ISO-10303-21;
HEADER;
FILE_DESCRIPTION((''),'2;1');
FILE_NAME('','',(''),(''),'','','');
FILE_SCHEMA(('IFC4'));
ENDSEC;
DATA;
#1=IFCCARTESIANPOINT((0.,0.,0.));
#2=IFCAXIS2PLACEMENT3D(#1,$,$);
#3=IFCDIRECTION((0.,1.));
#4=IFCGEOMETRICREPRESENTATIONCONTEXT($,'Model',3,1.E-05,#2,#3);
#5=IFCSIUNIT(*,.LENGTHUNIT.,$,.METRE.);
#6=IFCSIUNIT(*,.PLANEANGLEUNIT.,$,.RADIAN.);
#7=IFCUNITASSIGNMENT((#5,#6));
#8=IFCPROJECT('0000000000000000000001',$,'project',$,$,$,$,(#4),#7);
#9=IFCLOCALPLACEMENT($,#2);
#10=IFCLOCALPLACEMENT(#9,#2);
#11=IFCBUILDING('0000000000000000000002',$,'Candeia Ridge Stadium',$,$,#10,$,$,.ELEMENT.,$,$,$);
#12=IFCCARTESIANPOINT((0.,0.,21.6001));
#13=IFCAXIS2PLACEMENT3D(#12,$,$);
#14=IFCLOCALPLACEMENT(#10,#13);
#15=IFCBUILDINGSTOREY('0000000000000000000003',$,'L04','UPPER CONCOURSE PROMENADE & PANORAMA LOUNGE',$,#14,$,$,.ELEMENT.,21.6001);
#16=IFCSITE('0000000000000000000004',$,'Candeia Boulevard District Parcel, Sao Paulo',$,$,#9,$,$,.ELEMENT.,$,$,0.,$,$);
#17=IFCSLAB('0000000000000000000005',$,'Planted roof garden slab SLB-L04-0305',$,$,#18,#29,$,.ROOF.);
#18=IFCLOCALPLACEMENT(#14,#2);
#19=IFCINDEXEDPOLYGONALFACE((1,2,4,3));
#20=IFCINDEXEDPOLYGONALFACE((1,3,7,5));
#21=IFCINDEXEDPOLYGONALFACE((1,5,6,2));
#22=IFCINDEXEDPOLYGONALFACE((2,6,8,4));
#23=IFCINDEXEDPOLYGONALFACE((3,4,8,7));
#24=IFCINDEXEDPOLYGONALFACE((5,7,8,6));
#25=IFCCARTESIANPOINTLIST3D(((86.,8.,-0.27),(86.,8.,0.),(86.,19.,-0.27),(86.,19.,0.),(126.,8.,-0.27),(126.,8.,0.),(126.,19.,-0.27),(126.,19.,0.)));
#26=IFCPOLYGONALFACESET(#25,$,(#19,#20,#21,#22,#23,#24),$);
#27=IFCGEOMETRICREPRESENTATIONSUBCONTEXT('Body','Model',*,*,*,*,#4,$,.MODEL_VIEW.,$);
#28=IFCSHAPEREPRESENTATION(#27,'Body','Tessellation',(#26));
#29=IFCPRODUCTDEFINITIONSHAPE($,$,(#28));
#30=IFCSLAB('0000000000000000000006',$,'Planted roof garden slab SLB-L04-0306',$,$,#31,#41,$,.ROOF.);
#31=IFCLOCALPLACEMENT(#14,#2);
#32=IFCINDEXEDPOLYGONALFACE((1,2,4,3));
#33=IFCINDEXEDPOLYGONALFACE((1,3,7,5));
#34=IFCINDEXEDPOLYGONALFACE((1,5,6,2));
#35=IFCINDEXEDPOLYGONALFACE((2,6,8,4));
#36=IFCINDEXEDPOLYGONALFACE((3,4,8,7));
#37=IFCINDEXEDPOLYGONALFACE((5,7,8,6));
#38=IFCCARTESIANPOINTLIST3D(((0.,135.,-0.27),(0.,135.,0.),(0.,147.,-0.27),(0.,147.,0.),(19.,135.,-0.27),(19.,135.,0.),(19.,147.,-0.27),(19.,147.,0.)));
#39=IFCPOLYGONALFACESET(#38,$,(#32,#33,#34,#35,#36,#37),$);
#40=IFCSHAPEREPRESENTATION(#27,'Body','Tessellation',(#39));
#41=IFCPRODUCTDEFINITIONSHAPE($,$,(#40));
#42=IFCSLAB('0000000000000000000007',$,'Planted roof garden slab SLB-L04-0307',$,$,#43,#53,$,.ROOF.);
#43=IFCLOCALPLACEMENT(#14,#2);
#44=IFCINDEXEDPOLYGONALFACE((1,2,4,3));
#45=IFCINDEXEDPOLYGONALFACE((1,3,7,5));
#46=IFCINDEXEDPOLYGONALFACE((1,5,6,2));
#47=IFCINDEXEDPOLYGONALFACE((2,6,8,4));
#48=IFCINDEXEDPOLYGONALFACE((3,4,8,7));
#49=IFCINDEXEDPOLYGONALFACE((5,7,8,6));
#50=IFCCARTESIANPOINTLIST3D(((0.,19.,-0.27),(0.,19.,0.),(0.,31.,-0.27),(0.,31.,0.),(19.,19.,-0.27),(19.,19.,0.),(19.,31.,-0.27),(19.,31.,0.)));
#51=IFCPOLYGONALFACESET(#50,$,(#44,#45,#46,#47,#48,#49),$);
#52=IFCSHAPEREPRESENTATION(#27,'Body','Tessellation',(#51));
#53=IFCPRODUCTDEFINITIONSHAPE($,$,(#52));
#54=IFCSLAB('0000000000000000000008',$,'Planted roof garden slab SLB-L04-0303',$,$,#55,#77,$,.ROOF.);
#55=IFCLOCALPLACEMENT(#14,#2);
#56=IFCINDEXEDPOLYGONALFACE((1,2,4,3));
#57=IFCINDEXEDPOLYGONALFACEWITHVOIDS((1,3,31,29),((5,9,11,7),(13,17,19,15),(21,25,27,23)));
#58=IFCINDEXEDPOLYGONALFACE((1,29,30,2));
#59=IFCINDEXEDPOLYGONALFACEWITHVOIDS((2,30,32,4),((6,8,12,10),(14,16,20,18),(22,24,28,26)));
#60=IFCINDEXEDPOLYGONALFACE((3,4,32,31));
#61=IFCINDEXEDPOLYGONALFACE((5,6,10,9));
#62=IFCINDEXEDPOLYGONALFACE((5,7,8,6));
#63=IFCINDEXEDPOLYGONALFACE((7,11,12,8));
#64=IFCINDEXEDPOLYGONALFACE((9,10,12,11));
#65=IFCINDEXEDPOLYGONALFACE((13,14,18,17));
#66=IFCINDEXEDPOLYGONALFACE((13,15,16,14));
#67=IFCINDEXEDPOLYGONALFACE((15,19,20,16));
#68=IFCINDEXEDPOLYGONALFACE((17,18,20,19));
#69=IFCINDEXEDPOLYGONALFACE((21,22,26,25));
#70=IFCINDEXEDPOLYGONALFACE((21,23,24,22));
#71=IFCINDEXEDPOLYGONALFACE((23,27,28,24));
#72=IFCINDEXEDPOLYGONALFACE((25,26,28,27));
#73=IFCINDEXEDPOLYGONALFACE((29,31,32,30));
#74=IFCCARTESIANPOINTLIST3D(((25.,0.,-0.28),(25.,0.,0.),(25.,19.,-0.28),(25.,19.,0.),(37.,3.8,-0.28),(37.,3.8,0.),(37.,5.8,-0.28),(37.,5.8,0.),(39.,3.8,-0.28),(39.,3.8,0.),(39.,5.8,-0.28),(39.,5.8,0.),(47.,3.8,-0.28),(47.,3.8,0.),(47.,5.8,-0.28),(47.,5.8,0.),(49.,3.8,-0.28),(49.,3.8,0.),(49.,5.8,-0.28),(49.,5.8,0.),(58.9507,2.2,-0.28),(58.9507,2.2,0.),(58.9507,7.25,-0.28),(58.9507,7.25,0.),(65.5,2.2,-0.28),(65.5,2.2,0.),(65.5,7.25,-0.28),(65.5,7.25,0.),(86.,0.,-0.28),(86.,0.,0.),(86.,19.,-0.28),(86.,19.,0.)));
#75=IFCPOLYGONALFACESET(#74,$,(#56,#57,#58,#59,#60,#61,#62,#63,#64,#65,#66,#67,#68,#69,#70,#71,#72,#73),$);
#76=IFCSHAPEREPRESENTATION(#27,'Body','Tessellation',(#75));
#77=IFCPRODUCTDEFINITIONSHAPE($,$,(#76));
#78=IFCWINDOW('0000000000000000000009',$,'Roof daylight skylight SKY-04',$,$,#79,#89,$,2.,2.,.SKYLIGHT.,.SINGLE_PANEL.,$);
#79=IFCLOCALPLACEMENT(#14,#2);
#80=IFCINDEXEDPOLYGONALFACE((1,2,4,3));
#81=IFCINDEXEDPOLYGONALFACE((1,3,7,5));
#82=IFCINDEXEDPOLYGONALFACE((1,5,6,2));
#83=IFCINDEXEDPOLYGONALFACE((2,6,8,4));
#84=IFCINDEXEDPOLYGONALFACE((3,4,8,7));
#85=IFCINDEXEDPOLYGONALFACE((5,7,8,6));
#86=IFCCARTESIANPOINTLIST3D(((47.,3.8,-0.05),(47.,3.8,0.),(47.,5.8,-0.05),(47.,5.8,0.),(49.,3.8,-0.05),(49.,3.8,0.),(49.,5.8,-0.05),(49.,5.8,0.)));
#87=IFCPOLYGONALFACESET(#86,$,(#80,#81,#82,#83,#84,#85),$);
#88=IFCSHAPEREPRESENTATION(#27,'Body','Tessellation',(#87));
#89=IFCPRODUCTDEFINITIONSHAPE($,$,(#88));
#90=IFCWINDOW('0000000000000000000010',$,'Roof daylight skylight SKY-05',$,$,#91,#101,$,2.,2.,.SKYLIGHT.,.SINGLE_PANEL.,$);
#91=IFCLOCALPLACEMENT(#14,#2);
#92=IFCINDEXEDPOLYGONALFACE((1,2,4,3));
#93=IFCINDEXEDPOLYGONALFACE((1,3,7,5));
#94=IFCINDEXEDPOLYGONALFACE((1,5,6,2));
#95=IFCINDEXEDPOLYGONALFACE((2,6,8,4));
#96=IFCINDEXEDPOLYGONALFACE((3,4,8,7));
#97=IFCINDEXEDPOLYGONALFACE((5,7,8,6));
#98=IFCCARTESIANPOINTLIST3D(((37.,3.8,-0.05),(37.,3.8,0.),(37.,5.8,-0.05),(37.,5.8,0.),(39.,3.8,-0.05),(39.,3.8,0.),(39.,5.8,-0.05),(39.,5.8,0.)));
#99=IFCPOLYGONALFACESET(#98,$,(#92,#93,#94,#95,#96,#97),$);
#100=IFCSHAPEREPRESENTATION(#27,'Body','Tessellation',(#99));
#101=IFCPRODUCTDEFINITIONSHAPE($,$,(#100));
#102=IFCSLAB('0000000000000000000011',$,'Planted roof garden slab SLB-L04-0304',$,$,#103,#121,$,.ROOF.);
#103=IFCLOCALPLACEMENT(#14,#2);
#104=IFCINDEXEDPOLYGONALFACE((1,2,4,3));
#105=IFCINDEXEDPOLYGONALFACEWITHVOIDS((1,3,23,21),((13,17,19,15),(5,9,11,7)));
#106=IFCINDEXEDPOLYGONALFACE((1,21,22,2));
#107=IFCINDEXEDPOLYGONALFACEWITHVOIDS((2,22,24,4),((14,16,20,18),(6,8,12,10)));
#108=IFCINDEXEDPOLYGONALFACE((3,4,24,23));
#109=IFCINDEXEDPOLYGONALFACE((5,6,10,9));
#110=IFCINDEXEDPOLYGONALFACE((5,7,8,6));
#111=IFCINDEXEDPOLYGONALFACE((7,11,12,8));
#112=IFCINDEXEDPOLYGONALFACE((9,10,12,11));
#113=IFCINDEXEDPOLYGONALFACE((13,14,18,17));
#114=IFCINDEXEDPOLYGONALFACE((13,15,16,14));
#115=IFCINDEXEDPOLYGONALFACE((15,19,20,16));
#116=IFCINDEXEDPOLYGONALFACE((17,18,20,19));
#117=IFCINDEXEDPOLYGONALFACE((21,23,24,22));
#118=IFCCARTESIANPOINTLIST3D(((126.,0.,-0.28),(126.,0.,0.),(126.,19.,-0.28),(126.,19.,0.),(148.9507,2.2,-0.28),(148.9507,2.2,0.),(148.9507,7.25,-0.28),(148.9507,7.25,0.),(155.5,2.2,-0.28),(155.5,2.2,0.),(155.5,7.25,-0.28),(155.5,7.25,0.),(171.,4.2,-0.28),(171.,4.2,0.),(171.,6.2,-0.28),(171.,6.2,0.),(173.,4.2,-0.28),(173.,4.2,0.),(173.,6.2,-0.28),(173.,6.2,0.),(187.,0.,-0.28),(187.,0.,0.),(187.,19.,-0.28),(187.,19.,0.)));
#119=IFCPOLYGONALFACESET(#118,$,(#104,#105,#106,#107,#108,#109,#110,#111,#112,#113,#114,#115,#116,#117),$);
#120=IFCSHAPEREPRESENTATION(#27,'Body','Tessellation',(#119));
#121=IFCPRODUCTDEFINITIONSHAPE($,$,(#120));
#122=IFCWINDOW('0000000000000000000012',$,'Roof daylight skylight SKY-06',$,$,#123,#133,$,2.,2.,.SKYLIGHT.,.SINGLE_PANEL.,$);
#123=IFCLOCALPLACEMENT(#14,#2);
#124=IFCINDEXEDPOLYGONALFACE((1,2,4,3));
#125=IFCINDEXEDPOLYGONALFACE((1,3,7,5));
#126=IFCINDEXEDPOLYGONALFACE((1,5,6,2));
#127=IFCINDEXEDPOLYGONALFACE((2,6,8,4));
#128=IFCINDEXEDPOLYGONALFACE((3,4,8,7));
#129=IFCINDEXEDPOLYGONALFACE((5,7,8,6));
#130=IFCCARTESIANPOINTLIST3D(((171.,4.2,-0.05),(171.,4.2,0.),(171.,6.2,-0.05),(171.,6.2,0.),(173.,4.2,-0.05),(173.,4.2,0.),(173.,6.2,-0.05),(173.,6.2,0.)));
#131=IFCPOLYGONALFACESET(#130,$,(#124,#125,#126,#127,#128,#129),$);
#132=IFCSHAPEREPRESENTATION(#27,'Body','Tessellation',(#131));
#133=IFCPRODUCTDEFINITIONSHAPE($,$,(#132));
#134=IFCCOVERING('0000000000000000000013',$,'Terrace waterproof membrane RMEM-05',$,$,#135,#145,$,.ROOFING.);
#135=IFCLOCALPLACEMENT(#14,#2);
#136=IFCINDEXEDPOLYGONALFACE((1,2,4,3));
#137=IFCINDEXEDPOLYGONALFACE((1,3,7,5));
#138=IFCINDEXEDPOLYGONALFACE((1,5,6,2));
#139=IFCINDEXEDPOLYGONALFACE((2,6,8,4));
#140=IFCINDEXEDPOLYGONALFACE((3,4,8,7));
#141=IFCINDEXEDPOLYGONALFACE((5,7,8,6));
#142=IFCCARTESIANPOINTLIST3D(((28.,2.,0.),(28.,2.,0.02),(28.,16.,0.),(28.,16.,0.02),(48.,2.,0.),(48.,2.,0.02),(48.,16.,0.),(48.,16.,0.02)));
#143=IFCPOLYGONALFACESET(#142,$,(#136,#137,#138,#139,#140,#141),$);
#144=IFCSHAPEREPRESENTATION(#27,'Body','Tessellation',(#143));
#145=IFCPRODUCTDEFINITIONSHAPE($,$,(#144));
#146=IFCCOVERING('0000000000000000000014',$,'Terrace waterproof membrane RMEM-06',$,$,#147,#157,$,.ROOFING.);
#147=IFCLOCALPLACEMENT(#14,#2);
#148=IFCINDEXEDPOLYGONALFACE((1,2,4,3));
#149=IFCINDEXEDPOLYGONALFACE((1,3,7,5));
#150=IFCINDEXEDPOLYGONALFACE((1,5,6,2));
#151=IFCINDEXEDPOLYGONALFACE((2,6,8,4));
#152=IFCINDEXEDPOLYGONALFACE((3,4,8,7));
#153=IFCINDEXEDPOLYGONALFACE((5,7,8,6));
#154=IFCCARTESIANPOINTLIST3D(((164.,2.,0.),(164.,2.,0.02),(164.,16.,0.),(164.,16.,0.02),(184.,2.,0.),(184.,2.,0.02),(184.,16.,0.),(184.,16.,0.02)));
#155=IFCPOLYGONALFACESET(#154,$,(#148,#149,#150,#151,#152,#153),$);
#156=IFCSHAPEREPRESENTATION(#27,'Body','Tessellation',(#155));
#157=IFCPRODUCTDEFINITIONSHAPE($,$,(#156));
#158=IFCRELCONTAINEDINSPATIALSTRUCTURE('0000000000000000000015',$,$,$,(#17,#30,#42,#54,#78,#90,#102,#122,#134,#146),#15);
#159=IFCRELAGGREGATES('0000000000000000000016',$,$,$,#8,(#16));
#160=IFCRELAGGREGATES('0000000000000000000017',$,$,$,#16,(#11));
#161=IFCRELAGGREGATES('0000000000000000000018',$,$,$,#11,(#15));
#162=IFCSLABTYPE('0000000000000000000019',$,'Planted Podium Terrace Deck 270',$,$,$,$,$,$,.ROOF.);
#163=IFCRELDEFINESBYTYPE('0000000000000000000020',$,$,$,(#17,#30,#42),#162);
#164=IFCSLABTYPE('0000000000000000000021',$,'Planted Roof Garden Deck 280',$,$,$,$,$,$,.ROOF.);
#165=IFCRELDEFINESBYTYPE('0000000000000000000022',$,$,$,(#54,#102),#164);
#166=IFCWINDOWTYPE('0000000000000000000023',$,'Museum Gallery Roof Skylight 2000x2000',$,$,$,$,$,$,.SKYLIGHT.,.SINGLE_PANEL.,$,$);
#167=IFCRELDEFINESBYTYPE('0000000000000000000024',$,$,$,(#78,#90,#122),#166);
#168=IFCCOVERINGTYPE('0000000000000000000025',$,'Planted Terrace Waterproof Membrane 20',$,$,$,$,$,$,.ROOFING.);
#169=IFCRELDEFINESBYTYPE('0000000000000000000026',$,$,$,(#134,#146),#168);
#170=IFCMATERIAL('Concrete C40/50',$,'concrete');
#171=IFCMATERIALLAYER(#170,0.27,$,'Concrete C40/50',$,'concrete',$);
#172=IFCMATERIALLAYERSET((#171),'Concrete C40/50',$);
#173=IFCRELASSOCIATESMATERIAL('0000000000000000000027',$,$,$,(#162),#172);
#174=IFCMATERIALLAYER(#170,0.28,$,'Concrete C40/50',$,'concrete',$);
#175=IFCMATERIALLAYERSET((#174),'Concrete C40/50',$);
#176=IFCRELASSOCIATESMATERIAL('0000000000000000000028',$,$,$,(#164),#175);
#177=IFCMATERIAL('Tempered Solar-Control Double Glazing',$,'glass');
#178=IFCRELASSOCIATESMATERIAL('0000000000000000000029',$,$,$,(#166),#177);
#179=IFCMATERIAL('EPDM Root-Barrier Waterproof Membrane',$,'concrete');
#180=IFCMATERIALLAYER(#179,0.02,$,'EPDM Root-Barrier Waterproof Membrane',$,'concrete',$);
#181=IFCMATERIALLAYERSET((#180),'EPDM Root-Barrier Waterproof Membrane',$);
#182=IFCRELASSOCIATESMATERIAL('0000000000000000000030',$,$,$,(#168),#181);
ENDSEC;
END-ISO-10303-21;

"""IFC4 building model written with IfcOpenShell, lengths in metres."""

from ifc_helpers import new_model, si_unit, direction, frame, origin, origin_2d, place, context, subcontext, project, spatial, polyline, rectangle, outline, extrude, material, layer, layer_set, type_object, element, fill, save


model = new_model("IFC4")

# Units and contexts
model_context = context("Model", 3, precision=1e-05, world=origin(), true_north=direction((0.0, 1.0)))
body_context = subcontext(model_context, "Body", "Model", "MODEL_VIEW")
ifc_project = project(units=[si_unit("LENGTHUNIT", "METRE"), si_unit("PLANEANGLEUNIT", "RADIAN")], contexts=[model_context])

# Site, building, storey
site_placement = place(None, origin())
site = spatial("IfcSite", under=ifc_project, at=site_placement, Name="Candeia Boulevard District Parcel, Sao Paulo", CompositionType="ELEMENT", RefElevation=0.0)
building_placement = place(site_placement, origin())
building = spatial("IfcBuilding", under=site, at=building_placement, Name="Candeia Ridge Stadium", CompositionType="ELEMENT")
storey_placement = place(building_placement, frame((0.0, 0.0, 21.6001)))
storey = spatial("IfcBuildingStorey", under=building, at=storey_placement, Name="L04", Description="UPPER CONCOURSE PROMENADE & PANORAMA LOUNGE", CompositionType="ELEMENT", Elevation=21.6001)

# Shared definitions
ifc_material_1 = material(Name="Concrete C40/50", Category="concrete")

# Slabs
ifc_layer_1 = layer(ifc_material_1, 0.27, Name="Concrete C40/50", Category="concrete")
ifc_layer_set_1 = layer_set([ifc_layer_1], Name="Concrete C40/50")
slab_type_1 = type_object("IfcSlabType", Name="Planted Podium Terrace Deck 270", PredefinedType="ROOF", material=ifc_layer_set_1)
slab_1_placement = place(storey_placement, frame((0.0, 0.0, -0.27)))
element("IfcSlab", 1, at=slab_1_placement, inside=storey, type_object=slab_type_1, Name="Planted roof garden slab SLB-L04-0305", PredefinedType="ROOF", context=body_context, shape_type="SweptSolid", body=[
    extrude(outline(polyline([(86.0, 8.0), (86.0, 19.0), (126.0, 19.0), (126.0, 8.0), (86.0, 8.0)])), origin(), (0.0, 0.0, 1.0), 0.27),
])
slab_2_placement = place(storey_placement, frame((0.0, 0.0, -0.27)))
element("IfcSlab", 2, at=slab_2_placement, inside=storey, type_object=slab_type_1, Name="Planted roof garden slab SLB-L04-0306", PredefinedType="ROOF", context=body_context, shape_type="SweptSolid", body=[
    extrude(outline(polyline([(0.0, 135.0), (0.0, 147.0), (19.0, 147.0), (19.0, 135.0), (0.0, 135.0)])), origin(), (0.0, 0.0, 1.0), 0.27),
])
slab_3_placement = place(storey_placement, frame((0.0, 0.0, -0.27)))
element("IfcSlab", 3, at=slab_3_placement, inside=storey, type_object=slab_type_1, Name="Planted roof garden slab SLB-L04-0307", PredefinedType="ROOF", context=body_context, shape_type="SweptSolid", body=[
    extrude(outline(polyline([(0.0, 19.0), (0.0, 31.0), (19.0, 31.0), (19.0, 19.0), (0.0, 19.0)])), origin(), (0.0, 0.0, 1.0), 0.27),
])

# Slab, openings, windows
ifc_layer_2 = layer(ifc_material_1, 0.28, Name="Concrete C40/50", Category="concrete")
ifc_layer_set_2 = layer_set([ifc_layer_2], Name="Concrete C40/50")
slab_type_2 = type_object("IfcSlabType", Name="Planted Roof Garden Deck 280", PredefinedType="ROOF", material=ifc_layer_set_2)
slab_4_placement = place(storey_placement, frame((0.0, 0.0, -0.28)))
slab_4 = element("IfcSlab", 4, at=slab_4_placement, inside=storey, type_object=slab_type_2, Name="Planted roof garden slab SLB-L04-0303", PredefinedType="ROOF", context=body_context, shape_type="SweptSolid", body=[
    extrude(outline(polyline([(25.0, 0.0), (25.0, 19.0), (86.0, 19.0), (86.0, 0.0), (25.0, 0.0)]), holes=[polyline([(65.5, 2.2), (65.5, 7.25), (58.9507, 7.25), (58.9507, 2.2), (65.5, 2.2)])]), origin(), (0.0, 0.0, 1.0), 0.28),
])
opening_1_placement = place(slab_4_placement, frame((48.0, 4.8, -0.01)))
opening_1 = element("IfcOpeningElement", 5, at=opening_1_placement, cuts=slab_4, PredefinedType="OPENING", context=body_context, shape_type="SweptSolid", body=[
    extrude(rectangle(XDim=2.0, YDim=2.0, at=origin_2d()), origin(), (0.0, 0.0, 1.0), 0.3),
])
opening_2_placement = place(slab_4_placement, frame((38.0, 4.8, -0.01)))
opening_2 = element("IfcOpeningElement", 6, at=opening_2_placement, cuts=slab_4, PredefinedType="OPENING", context=body_context, shape_type="SweptSolid", body=[
    extrude(rectangle(XDim=2.0, YDim=2.0, at=origin_2d()), origin(), (0.0, 0.0, 1.0), 0.3),
])
ifc_material_2 = material(Name="Tempered Solar-Control Double Glazing", Category="glass")
window_type = type_object("IfcWindowType", Name="Museum Gallery Roof Skylight 2000x2000", PartitioningType="SINGLE_PANEL", PredefinedType="SKYLIGHT", material=ifc_material_2)
window_1_placement = place(slab_4_placement, frame((48.0, 4.8, 0.23)))
window_1 = element("IfcWindow", 7, at=window_1_placement, inside=storey, type_object=window_type, Name="Roof daylight skylight SKY-04", OverallHeight=2.0, OverallWidth=2.0, PartitioningType="SINGLE_PANEL", PredefinedType="SKYLIGHT", context=body_context, shape_type="SweptSolid", body=[
    extrude(rectangle(XDim=2.0, YDim=2.0, at=origin_2d()), origin(), (0.0, 0.0, 1.0), 0.05),
])
fill(opening_1, window_1)
window_2_placement = place(slab_4_placement, frame((38.0, 4.8, 0.23)))
window_2 = element("IfcWindow", 8, at=window_2_placement, inside=storey, type_object=window_type, Name="Roof daylight skylight SKY-05", OverallHeight=2.0, OverallWidth=2.0, PartitioningType="SINGLE_PANEL", PredefinedType="SKYLIGHT", context=body_context, shape_type="SweptSolid", body=[
    extrude(rectangle(XDim=2.0, YDim=2.0, at=origin_2d()), origin(), (0.0, 0.0, 1.0), 0.05),
])
fill(opening_2, window_2)

# Slab, opening, window
slab_5_placement = place(storey_placement, frame((0.0, 0.0, -0.28)))
slab_5 = element("IfcSlab", 9, at=slab_5_placement, inside=storey, type_object=slab_type_2, Name="Planted roof garden slab SLB-L04-0304", PredefinedType="ROOF", context=body_context, shape_type="SweptSolid", body=[
    extrude(outline(polyline([(126.0, 0.0), (126.0, 19.0), (187.0, 19.0), (187.0, 0.0), (126.0, 0.0)]), holes=[polyline([(148.9507, 2.2), (155.5, 2.2), (155.5, 7.25), (148.9507, 7.25), (148.9507, 2.2)])]), origin(), (0.0, 0.0, 1.0), 0.28),
])
opening_3_placement = place(slab_5_placement, frame((172.0, 5.2, -0.01)))
opening_3 = element("IfcOpeningElement", 10, at=opening_3_placement, cuts=slab_5, PredefinedType="OPENING", context=body_context, shape_type="SweptSolid", body=[
    extrude(rectangle(XDim=2.0, YDim=2.0, at=origin_2d()), origin(), (0.0, 0.0, 1.0), 0.3),
])
window_3_placement = place(slab_5_placement, frame((172.0, 5.2, 0.23)))
window_3 = element("IfcWindow", 11, at=window_3_placement, inside=storey, type_object=window_type, Name="Roof daylight skylight SKY-06", OverallHeight=2.0, OverallWidth=2.0, PartitioningType="SINGLE_PANEL", PredefinedType="SKYLIGHT", context=body_context, shape_type="SweptSolid", body=[
    extrude(rectangle(XDim=2.0, YDim=2.0, at=origin_2d()), origin(), (0.0, 0.0, 1.0), 0.05),
])
fill(opening_3, window_3)

# Coverings
ifc_material_3 = material(Name="EPDM Root-Barrier Waterproof Membrane", Category="concrete")
ifc_layer_3 = layer(ifc_material_3, 0.02, Name="EPDM Root-Barrier Waterproof Membrane", Category="concrete")
ifc_layer_set_3 = layer_set([ifc_layer_3], Name="EPDM Root-Barrier Waterproof Membrane")
covering_type = type_object("IfcCoveringType", Name="Planted Terrace Waterproof Membrane 20", PredefinedType="ROOFING", material=ifc_layer_set_3)
covering_1_placement = place(storey_placement, origin())
element("IfcCovering", 12, at=covering_1_placement, inside=storey, type_object=covering_type, Name="Terrace waterproof membrane RMEM-05", PredefinedType="ROOFING", context=body_context, shape_type="SweptSolid", body=[
    extrude(outline(polyline([(28.0, 2.0), (48.0, 2.0), (48.0, 16.0), (28.0, 16.0), (28.0, 2.0)])), origin(), (0.0, 0.0, 1.0), 0.02),
])
covering_2_placement = place(storey_placement, origin())
element("IfcCovering", 13, at=covering_2_placement, inside=storey, type_object=covering_type, Name="Terrace waterproof membrane RMEM-06", PredefinedType="ROOFING", context=body_context, shape_type="SweptSolid", body=[
    extrude(outline(polyline([(164.0, 2.0), (184.0, 2.0), (184.0, 16.0), (164.0, 16.0), (164.0, 2.0)])), origin(), (0.0, 0.0, 1.0), 0.02),
])

save(model, "model.ifc")
